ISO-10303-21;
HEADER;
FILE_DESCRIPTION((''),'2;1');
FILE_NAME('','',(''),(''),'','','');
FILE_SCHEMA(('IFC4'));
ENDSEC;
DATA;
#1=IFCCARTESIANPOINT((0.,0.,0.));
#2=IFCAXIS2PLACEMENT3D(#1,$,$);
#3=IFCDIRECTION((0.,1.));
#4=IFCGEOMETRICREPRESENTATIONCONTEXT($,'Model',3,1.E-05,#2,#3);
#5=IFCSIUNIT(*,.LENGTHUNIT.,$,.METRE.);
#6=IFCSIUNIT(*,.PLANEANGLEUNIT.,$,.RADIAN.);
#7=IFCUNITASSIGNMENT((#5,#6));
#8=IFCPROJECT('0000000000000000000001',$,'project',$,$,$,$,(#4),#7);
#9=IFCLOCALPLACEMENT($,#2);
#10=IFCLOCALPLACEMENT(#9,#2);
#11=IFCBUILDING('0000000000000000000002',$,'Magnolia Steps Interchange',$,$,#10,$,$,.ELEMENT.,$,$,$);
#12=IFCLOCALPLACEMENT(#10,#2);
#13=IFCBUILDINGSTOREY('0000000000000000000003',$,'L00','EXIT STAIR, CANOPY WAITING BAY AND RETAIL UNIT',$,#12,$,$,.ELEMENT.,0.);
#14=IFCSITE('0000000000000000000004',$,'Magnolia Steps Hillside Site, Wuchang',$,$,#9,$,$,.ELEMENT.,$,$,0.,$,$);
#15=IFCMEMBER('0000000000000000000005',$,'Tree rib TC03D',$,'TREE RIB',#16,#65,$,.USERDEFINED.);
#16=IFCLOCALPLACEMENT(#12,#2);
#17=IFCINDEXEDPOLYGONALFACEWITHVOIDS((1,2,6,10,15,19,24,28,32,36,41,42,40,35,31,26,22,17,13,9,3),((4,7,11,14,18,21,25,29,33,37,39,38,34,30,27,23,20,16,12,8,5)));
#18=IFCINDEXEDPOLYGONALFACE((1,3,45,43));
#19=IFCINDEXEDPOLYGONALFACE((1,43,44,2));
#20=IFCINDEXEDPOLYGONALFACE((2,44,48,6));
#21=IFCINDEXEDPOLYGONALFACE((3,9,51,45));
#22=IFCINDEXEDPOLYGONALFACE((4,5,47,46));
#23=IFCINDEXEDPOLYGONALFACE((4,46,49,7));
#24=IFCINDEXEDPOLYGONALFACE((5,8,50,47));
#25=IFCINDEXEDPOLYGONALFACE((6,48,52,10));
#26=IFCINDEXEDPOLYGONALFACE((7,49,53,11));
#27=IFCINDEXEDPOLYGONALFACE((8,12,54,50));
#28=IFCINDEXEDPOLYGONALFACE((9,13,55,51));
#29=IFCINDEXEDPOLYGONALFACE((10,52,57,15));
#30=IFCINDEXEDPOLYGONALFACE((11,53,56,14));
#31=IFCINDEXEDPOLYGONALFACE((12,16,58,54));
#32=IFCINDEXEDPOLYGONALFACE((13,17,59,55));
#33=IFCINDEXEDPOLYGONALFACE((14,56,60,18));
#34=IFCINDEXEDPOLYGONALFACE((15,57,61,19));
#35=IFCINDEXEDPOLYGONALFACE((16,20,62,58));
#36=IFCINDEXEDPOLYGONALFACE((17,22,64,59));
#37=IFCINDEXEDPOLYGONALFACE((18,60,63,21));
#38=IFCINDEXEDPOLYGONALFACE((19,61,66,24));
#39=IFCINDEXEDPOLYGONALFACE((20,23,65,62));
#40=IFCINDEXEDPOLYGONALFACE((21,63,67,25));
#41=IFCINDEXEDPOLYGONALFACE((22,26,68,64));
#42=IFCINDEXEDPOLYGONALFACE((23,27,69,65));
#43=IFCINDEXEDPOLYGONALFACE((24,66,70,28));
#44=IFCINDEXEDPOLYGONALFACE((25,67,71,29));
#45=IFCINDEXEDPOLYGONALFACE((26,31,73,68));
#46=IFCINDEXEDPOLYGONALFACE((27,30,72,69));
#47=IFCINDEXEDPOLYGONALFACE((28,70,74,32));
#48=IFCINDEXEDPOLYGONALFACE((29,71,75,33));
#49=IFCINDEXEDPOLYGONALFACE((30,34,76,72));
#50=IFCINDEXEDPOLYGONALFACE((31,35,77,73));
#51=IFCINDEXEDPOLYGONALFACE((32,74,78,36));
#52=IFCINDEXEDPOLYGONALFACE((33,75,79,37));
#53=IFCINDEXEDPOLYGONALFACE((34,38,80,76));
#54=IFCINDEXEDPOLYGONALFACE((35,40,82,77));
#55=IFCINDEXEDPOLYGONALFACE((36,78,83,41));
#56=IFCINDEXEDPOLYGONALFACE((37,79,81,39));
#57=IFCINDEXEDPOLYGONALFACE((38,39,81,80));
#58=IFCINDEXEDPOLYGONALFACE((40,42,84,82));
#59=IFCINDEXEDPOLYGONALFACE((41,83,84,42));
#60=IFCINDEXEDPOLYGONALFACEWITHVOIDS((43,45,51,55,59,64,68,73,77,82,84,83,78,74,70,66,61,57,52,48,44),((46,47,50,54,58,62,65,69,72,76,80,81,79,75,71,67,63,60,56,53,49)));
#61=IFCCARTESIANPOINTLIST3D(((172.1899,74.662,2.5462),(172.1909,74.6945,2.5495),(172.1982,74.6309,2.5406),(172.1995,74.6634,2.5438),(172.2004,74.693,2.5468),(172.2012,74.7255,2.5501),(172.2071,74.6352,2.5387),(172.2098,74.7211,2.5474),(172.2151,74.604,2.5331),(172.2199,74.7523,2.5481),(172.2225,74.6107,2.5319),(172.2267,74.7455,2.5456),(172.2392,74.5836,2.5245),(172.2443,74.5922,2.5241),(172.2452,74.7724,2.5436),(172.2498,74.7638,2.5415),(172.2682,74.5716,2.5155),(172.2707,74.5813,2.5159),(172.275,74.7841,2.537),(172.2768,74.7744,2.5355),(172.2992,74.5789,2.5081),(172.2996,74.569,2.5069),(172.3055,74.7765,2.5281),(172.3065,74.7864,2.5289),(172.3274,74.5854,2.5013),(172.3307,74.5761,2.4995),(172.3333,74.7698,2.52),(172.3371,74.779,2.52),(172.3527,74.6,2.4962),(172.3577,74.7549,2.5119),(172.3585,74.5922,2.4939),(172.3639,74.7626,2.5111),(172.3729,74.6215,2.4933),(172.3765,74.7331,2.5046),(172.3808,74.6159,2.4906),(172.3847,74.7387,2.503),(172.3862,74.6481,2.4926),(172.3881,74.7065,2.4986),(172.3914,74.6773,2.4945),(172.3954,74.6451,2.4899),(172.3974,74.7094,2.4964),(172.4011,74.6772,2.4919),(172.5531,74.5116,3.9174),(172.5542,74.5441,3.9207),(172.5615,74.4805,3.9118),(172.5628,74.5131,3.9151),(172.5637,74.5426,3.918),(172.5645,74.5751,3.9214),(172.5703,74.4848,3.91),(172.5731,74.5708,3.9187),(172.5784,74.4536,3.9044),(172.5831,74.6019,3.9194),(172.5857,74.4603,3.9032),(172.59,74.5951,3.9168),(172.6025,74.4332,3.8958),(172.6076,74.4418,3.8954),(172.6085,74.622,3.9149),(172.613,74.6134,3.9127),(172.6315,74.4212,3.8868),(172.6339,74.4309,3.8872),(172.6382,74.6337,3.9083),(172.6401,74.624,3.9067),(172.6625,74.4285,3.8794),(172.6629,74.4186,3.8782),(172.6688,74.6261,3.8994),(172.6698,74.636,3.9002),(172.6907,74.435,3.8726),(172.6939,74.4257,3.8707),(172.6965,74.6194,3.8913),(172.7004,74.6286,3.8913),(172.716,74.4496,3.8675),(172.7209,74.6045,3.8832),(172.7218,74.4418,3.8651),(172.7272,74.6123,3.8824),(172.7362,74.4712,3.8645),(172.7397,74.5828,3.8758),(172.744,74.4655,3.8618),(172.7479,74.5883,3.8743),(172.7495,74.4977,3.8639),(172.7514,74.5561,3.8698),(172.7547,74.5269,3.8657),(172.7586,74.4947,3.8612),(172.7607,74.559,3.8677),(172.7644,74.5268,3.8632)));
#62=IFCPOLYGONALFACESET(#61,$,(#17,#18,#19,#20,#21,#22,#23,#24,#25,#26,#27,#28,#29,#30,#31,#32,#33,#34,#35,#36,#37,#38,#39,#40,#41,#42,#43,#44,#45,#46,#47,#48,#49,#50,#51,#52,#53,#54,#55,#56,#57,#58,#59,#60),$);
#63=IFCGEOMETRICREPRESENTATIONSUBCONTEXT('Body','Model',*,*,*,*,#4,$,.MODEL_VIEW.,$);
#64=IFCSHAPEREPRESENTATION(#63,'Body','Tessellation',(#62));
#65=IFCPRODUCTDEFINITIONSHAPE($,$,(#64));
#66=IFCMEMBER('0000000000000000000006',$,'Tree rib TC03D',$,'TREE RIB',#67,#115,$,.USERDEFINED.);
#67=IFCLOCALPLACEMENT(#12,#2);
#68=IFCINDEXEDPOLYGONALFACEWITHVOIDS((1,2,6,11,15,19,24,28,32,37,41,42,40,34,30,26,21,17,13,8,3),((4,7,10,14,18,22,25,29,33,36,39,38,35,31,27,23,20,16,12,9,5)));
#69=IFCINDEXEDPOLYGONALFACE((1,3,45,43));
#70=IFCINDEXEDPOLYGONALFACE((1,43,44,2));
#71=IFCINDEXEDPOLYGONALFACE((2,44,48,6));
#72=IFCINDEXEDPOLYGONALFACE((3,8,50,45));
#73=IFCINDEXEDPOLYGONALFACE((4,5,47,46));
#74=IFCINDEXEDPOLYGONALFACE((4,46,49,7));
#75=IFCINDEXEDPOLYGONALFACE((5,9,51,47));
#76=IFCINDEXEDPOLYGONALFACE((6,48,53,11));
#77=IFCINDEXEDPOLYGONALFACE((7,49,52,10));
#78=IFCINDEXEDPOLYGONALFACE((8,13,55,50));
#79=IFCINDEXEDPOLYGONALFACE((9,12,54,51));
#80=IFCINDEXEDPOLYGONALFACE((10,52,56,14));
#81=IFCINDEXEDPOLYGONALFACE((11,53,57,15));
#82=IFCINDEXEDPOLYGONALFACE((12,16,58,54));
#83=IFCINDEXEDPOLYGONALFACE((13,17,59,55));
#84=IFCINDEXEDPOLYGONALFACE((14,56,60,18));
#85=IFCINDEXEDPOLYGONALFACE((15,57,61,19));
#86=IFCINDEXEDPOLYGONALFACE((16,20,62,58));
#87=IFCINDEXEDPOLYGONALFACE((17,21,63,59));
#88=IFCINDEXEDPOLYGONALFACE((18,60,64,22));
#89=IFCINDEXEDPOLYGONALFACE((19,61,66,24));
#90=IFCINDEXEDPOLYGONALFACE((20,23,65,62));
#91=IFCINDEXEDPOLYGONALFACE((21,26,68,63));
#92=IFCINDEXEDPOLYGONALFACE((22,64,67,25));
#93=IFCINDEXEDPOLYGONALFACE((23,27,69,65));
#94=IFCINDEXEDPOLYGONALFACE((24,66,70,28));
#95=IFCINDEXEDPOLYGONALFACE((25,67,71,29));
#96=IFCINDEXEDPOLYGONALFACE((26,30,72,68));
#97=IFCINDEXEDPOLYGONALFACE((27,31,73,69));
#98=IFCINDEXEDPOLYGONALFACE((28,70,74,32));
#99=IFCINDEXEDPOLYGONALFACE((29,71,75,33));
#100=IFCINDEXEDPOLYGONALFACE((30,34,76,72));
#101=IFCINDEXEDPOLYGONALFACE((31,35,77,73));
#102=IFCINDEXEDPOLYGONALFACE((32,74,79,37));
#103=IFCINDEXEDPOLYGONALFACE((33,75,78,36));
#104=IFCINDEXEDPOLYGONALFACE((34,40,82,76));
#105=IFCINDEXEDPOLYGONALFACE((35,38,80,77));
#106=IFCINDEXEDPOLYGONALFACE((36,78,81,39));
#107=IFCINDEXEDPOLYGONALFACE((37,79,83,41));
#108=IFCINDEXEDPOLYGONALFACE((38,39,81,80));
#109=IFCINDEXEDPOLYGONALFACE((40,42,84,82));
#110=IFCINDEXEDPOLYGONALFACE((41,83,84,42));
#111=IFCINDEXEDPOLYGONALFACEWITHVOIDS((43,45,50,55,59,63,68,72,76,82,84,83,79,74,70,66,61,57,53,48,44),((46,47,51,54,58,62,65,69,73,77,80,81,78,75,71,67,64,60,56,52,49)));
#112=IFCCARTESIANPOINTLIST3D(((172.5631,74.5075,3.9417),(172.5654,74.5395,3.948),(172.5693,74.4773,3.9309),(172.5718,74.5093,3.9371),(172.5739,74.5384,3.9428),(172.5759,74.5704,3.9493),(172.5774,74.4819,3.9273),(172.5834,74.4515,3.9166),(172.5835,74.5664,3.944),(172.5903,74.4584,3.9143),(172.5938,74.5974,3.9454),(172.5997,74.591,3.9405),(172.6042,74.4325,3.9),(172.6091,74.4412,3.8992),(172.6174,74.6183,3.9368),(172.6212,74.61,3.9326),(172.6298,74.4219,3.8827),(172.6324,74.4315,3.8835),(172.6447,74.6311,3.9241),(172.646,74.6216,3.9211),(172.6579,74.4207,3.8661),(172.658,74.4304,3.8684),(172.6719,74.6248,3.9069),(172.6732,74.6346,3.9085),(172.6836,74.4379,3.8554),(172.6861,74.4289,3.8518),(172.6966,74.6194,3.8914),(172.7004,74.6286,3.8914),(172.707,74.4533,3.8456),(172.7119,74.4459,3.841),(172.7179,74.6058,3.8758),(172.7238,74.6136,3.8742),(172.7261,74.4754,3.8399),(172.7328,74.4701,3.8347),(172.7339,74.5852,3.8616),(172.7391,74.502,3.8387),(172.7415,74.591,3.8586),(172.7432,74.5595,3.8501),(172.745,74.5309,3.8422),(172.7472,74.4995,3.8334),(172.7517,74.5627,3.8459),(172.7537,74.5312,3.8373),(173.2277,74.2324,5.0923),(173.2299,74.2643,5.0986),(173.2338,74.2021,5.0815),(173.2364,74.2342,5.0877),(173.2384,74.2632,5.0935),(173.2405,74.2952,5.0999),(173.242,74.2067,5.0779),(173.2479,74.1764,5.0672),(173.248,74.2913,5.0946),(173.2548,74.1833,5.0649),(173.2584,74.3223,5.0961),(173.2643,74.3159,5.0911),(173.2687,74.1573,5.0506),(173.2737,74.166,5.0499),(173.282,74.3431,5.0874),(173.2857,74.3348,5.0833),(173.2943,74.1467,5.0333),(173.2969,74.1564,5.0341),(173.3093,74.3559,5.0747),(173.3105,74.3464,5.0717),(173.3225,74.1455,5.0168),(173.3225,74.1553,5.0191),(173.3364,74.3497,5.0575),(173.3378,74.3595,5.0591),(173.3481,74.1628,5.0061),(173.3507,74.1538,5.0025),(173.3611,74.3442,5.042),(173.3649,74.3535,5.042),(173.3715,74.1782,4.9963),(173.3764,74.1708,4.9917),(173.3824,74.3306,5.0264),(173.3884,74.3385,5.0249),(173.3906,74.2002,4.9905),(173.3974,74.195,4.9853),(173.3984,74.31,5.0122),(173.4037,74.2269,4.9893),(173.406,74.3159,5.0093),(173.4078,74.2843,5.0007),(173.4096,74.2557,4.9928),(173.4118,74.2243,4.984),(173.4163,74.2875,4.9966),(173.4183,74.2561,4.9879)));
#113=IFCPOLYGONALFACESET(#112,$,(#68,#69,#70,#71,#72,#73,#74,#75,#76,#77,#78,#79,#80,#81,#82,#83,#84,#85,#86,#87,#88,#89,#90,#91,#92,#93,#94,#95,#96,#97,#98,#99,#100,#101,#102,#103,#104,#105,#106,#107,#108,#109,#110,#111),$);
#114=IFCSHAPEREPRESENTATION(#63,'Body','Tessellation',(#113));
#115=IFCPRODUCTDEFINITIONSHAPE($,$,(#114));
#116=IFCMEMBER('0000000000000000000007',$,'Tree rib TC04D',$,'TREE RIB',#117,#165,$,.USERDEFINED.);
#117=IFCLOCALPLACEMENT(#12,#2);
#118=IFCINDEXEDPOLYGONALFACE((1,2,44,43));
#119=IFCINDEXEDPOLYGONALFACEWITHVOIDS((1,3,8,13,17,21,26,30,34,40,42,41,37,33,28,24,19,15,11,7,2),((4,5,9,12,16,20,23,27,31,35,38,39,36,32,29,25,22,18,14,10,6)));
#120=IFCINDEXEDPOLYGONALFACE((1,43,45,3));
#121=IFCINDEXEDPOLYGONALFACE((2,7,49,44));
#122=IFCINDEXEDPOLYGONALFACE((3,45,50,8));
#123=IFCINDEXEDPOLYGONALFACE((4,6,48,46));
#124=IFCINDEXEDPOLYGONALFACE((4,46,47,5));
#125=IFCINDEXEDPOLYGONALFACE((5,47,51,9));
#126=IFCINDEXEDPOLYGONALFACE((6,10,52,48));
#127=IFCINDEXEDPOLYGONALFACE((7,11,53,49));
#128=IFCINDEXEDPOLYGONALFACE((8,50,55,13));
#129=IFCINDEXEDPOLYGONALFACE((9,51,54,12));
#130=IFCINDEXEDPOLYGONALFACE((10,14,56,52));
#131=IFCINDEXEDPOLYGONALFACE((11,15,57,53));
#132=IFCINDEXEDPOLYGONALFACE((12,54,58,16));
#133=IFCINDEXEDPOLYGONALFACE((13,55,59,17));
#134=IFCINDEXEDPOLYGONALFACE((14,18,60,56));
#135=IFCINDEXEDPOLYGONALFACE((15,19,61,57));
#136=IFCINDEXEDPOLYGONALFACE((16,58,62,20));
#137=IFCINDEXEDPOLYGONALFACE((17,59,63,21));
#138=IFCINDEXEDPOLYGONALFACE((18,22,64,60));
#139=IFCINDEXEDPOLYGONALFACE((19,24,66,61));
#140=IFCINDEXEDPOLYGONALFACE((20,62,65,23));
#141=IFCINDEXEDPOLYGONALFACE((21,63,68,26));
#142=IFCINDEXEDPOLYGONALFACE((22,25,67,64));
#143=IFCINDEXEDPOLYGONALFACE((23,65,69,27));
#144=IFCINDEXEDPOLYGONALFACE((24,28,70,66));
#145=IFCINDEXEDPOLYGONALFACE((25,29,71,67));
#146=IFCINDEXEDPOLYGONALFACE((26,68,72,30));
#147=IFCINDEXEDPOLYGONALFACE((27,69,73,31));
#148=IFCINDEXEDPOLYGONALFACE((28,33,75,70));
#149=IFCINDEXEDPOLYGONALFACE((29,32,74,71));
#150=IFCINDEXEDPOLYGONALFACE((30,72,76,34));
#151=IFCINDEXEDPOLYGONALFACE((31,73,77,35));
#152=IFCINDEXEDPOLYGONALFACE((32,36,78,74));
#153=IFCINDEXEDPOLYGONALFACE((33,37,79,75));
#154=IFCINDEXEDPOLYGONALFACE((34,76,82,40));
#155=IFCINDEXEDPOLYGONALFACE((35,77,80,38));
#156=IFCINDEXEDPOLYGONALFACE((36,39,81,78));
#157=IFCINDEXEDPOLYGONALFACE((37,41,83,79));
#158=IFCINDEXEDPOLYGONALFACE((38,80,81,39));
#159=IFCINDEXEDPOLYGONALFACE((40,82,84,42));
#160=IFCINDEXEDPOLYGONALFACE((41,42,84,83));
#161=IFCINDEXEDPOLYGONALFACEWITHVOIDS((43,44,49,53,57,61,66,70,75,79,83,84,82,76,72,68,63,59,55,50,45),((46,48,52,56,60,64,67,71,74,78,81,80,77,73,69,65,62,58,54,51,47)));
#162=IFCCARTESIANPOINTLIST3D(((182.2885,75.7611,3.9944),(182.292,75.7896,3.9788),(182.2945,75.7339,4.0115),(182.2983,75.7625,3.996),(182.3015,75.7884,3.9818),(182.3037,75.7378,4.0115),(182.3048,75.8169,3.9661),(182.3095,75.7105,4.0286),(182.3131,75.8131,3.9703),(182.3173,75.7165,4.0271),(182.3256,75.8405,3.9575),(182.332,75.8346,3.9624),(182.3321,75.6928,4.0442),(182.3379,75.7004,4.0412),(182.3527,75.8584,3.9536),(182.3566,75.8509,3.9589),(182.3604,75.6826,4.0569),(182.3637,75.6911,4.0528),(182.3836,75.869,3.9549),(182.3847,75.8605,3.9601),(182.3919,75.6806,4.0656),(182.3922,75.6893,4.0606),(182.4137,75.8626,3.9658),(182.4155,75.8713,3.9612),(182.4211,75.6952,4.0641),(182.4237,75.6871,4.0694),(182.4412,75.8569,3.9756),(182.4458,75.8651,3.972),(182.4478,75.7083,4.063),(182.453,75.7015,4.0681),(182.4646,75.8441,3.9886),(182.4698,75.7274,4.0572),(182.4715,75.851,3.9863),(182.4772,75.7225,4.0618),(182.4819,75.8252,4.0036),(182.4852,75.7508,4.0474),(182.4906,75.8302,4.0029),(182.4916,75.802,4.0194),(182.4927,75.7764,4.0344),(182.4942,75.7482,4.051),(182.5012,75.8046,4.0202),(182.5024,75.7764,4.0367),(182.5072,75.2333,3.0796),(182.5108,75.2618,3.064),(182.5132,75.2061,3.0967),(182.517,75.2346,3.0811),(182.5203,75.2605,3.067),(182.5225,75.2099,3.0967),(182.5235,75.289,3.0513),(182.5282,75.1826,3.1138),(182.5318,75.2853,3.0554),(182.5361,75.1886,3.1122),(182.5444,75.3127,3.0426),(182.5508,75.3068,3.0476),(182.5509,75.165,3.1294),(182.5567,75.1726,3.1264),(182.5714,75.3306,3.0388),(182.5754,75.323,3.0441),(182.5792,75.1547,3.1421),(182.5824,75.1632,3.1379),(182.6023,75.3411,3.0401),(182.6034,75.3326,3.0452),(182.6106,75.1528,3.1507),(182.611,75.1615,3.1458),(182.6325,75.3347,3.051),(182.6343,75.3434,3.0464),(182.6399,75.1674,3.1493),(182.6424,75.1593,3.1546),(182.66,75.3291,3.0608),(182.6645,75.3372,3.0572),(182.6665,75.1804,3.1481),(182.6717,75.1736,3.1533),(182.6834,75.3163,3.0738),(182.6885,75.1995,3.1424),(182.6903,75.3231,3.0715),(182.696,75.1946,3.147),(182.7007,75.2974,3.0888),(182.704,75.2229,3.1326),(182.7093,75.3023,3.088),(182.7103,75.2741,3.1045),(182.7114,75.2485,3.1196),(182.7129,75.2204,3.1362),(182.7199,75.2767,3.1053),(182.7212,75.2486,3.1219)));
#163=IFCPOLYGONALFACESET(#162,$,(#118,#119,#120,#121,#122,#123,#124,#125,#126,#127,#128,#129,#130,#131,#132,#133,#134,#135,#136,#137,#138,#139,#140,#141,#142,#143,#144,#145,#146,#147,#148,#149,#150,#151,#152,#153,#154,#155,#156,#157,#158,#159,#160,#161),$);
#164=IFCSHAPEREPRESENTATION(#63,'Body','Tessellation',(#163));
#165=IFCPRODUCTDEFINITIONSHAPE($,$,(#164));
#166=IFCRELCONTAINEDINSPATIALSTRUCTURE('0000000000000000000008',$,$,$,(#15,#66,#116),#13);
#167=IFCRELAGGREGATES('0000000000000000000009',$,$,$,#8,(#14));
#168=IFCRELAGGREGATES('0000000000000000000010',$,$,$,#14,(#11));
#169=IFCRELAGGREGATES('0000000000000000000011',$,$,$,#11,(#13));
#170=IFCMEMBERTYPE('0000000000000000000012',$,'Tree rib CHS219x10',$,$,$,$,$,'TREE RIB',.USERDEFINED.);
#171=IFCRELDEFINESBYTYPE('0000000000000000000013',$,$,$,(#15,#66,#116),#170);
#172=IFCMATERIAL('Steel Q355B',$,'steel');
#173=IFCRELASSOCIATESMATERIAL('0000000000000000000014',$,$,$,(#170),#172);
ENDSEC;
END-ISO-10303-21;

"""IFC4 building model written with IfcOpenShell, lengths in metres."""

from ifc_helpers import new_model, si_unit, direction, frame, origin, origin_2d, place, context, subcontext, project, spatial, hollow_circle, extrude, material, material_profile, profile_set, type_object, element, save


model = new_model("IFC4")

# Units and contexts
model_context = context("Model", 3, precision=1e-05, world=origin(), true_north=direction((0.0, 1.0)))
body_context = subcontext(model_context, "Body", "Model", "MODEL_VIEW")
ifc_project = project(units=[si_unit("LENGTHUNIT", "METRE"), si_unit("PLANEANGLEUNIT", "RADIAN")], contexts=[model_context])

# Site, building, storey
site_placement = place(None, origin())
site = spatial("IfcSite", under=ifc_project, at=site_placement, Name="Magnolia Steps Hillside Site, Wuchang", CompositionType="ELEMENT", RefElevation=0.0)
building_placement = place(site_placement, origin())
building = spatial("IfcBuilding", under=site, at=building_placement, Name="Magnolia Steps Interchange", CompositionType="ELEMENT")
storey_placement = place(building_placement, origin())
storey = spatial("IfcBuildingStorey", under=building, at=storey_placement, Name="L00", Description="EXIT STAIR, CANOPY WAITING BAY AND RETAIL UNIT", CompositionType="ELEMENT", Elevation=0.0)

# Members
ifc_material_1 = material(Name="Steel Q355B", Category="steel")
ifc_material_profile_1 = material_profile(ifc_material_1, hollow_circle(Radius=0.1096, WallThickness=0.01, at=origin_2d()), Name="CHS219x10")
ifc_profile_set_1 = profile_set([ifc_material_profile_1], Name="Steel Q355B")
member_type = type_object("IfcMemberType", Name="Tree rib CHS219x10", ElementType="TREE RIB", PredefinedType="USERDEFINED", material=ifc_profile_set_1)
member_1_placement = place(storey_placement, frame((172.2952, 74.6777, 2.52), z_axis=(0.25465, -0.10542, 0.96127), x_axis=(0.382498, 0.923956, 0.0)))
element("IfcMember", 1, at=member_1_placement, inside=storey, type_object=member_type, Name="Tree rib TC03D", ObjectType="TREE RIB", PredefinedType="USERDEFINED", context=body_context, shape_type="SweptSolid", body=[
    extrude(hollow_circle(Radius=0.1096, WallThickness=0.01, at=origin_2d()), origin(), (0.0, 0.0, 1.0), 1.4265),
])
member_2_placement = place(storey_placement, frame((172.6584, 74.5273, 3.8914), z_axis=(0.489741, -0.202769, 0.847961), x_axis=(0.382542, 0.923938, 0.0)))
element("IfcMember", 2, at=member_2_placement, inside=storey, type_object=member_type, Name="Tree rib TC03D", ObjectType="TREE RIB", PredefinedType="USERDEFINED", context=body_context, shape_type="SweptSolid", body=[
    extrude(hollow_circle(Radius=0.1096, WallThickness=0.01, at=origin_2d()), origin(), (0.0, 0.0, 1.0), 1.3569),
])
member_3_placement = place(storey_placement, frame((182.6145, 75.248, 3.0967), z_axis=(-0.202815, 0.489382, 0.848157), x_axis=(-0.923808, -0.382855, 0.0)))
element("IfcMember", 3, at=member_3_placement, inside=storey, type_object=member_type, Name="Tree rib TC04D", ObjectType="TREE RIB", PredefinedType="USERDEFINED", context=body_context, shape_type="SweptSolid", body=[
    extrude(hollow_circle(Radius=0.1096, WallThickness=0.01, at=origin_2d()), origin(), (0.0, 0.0, 1.0), 1.0786),
])

save(model, "model.ifc")
